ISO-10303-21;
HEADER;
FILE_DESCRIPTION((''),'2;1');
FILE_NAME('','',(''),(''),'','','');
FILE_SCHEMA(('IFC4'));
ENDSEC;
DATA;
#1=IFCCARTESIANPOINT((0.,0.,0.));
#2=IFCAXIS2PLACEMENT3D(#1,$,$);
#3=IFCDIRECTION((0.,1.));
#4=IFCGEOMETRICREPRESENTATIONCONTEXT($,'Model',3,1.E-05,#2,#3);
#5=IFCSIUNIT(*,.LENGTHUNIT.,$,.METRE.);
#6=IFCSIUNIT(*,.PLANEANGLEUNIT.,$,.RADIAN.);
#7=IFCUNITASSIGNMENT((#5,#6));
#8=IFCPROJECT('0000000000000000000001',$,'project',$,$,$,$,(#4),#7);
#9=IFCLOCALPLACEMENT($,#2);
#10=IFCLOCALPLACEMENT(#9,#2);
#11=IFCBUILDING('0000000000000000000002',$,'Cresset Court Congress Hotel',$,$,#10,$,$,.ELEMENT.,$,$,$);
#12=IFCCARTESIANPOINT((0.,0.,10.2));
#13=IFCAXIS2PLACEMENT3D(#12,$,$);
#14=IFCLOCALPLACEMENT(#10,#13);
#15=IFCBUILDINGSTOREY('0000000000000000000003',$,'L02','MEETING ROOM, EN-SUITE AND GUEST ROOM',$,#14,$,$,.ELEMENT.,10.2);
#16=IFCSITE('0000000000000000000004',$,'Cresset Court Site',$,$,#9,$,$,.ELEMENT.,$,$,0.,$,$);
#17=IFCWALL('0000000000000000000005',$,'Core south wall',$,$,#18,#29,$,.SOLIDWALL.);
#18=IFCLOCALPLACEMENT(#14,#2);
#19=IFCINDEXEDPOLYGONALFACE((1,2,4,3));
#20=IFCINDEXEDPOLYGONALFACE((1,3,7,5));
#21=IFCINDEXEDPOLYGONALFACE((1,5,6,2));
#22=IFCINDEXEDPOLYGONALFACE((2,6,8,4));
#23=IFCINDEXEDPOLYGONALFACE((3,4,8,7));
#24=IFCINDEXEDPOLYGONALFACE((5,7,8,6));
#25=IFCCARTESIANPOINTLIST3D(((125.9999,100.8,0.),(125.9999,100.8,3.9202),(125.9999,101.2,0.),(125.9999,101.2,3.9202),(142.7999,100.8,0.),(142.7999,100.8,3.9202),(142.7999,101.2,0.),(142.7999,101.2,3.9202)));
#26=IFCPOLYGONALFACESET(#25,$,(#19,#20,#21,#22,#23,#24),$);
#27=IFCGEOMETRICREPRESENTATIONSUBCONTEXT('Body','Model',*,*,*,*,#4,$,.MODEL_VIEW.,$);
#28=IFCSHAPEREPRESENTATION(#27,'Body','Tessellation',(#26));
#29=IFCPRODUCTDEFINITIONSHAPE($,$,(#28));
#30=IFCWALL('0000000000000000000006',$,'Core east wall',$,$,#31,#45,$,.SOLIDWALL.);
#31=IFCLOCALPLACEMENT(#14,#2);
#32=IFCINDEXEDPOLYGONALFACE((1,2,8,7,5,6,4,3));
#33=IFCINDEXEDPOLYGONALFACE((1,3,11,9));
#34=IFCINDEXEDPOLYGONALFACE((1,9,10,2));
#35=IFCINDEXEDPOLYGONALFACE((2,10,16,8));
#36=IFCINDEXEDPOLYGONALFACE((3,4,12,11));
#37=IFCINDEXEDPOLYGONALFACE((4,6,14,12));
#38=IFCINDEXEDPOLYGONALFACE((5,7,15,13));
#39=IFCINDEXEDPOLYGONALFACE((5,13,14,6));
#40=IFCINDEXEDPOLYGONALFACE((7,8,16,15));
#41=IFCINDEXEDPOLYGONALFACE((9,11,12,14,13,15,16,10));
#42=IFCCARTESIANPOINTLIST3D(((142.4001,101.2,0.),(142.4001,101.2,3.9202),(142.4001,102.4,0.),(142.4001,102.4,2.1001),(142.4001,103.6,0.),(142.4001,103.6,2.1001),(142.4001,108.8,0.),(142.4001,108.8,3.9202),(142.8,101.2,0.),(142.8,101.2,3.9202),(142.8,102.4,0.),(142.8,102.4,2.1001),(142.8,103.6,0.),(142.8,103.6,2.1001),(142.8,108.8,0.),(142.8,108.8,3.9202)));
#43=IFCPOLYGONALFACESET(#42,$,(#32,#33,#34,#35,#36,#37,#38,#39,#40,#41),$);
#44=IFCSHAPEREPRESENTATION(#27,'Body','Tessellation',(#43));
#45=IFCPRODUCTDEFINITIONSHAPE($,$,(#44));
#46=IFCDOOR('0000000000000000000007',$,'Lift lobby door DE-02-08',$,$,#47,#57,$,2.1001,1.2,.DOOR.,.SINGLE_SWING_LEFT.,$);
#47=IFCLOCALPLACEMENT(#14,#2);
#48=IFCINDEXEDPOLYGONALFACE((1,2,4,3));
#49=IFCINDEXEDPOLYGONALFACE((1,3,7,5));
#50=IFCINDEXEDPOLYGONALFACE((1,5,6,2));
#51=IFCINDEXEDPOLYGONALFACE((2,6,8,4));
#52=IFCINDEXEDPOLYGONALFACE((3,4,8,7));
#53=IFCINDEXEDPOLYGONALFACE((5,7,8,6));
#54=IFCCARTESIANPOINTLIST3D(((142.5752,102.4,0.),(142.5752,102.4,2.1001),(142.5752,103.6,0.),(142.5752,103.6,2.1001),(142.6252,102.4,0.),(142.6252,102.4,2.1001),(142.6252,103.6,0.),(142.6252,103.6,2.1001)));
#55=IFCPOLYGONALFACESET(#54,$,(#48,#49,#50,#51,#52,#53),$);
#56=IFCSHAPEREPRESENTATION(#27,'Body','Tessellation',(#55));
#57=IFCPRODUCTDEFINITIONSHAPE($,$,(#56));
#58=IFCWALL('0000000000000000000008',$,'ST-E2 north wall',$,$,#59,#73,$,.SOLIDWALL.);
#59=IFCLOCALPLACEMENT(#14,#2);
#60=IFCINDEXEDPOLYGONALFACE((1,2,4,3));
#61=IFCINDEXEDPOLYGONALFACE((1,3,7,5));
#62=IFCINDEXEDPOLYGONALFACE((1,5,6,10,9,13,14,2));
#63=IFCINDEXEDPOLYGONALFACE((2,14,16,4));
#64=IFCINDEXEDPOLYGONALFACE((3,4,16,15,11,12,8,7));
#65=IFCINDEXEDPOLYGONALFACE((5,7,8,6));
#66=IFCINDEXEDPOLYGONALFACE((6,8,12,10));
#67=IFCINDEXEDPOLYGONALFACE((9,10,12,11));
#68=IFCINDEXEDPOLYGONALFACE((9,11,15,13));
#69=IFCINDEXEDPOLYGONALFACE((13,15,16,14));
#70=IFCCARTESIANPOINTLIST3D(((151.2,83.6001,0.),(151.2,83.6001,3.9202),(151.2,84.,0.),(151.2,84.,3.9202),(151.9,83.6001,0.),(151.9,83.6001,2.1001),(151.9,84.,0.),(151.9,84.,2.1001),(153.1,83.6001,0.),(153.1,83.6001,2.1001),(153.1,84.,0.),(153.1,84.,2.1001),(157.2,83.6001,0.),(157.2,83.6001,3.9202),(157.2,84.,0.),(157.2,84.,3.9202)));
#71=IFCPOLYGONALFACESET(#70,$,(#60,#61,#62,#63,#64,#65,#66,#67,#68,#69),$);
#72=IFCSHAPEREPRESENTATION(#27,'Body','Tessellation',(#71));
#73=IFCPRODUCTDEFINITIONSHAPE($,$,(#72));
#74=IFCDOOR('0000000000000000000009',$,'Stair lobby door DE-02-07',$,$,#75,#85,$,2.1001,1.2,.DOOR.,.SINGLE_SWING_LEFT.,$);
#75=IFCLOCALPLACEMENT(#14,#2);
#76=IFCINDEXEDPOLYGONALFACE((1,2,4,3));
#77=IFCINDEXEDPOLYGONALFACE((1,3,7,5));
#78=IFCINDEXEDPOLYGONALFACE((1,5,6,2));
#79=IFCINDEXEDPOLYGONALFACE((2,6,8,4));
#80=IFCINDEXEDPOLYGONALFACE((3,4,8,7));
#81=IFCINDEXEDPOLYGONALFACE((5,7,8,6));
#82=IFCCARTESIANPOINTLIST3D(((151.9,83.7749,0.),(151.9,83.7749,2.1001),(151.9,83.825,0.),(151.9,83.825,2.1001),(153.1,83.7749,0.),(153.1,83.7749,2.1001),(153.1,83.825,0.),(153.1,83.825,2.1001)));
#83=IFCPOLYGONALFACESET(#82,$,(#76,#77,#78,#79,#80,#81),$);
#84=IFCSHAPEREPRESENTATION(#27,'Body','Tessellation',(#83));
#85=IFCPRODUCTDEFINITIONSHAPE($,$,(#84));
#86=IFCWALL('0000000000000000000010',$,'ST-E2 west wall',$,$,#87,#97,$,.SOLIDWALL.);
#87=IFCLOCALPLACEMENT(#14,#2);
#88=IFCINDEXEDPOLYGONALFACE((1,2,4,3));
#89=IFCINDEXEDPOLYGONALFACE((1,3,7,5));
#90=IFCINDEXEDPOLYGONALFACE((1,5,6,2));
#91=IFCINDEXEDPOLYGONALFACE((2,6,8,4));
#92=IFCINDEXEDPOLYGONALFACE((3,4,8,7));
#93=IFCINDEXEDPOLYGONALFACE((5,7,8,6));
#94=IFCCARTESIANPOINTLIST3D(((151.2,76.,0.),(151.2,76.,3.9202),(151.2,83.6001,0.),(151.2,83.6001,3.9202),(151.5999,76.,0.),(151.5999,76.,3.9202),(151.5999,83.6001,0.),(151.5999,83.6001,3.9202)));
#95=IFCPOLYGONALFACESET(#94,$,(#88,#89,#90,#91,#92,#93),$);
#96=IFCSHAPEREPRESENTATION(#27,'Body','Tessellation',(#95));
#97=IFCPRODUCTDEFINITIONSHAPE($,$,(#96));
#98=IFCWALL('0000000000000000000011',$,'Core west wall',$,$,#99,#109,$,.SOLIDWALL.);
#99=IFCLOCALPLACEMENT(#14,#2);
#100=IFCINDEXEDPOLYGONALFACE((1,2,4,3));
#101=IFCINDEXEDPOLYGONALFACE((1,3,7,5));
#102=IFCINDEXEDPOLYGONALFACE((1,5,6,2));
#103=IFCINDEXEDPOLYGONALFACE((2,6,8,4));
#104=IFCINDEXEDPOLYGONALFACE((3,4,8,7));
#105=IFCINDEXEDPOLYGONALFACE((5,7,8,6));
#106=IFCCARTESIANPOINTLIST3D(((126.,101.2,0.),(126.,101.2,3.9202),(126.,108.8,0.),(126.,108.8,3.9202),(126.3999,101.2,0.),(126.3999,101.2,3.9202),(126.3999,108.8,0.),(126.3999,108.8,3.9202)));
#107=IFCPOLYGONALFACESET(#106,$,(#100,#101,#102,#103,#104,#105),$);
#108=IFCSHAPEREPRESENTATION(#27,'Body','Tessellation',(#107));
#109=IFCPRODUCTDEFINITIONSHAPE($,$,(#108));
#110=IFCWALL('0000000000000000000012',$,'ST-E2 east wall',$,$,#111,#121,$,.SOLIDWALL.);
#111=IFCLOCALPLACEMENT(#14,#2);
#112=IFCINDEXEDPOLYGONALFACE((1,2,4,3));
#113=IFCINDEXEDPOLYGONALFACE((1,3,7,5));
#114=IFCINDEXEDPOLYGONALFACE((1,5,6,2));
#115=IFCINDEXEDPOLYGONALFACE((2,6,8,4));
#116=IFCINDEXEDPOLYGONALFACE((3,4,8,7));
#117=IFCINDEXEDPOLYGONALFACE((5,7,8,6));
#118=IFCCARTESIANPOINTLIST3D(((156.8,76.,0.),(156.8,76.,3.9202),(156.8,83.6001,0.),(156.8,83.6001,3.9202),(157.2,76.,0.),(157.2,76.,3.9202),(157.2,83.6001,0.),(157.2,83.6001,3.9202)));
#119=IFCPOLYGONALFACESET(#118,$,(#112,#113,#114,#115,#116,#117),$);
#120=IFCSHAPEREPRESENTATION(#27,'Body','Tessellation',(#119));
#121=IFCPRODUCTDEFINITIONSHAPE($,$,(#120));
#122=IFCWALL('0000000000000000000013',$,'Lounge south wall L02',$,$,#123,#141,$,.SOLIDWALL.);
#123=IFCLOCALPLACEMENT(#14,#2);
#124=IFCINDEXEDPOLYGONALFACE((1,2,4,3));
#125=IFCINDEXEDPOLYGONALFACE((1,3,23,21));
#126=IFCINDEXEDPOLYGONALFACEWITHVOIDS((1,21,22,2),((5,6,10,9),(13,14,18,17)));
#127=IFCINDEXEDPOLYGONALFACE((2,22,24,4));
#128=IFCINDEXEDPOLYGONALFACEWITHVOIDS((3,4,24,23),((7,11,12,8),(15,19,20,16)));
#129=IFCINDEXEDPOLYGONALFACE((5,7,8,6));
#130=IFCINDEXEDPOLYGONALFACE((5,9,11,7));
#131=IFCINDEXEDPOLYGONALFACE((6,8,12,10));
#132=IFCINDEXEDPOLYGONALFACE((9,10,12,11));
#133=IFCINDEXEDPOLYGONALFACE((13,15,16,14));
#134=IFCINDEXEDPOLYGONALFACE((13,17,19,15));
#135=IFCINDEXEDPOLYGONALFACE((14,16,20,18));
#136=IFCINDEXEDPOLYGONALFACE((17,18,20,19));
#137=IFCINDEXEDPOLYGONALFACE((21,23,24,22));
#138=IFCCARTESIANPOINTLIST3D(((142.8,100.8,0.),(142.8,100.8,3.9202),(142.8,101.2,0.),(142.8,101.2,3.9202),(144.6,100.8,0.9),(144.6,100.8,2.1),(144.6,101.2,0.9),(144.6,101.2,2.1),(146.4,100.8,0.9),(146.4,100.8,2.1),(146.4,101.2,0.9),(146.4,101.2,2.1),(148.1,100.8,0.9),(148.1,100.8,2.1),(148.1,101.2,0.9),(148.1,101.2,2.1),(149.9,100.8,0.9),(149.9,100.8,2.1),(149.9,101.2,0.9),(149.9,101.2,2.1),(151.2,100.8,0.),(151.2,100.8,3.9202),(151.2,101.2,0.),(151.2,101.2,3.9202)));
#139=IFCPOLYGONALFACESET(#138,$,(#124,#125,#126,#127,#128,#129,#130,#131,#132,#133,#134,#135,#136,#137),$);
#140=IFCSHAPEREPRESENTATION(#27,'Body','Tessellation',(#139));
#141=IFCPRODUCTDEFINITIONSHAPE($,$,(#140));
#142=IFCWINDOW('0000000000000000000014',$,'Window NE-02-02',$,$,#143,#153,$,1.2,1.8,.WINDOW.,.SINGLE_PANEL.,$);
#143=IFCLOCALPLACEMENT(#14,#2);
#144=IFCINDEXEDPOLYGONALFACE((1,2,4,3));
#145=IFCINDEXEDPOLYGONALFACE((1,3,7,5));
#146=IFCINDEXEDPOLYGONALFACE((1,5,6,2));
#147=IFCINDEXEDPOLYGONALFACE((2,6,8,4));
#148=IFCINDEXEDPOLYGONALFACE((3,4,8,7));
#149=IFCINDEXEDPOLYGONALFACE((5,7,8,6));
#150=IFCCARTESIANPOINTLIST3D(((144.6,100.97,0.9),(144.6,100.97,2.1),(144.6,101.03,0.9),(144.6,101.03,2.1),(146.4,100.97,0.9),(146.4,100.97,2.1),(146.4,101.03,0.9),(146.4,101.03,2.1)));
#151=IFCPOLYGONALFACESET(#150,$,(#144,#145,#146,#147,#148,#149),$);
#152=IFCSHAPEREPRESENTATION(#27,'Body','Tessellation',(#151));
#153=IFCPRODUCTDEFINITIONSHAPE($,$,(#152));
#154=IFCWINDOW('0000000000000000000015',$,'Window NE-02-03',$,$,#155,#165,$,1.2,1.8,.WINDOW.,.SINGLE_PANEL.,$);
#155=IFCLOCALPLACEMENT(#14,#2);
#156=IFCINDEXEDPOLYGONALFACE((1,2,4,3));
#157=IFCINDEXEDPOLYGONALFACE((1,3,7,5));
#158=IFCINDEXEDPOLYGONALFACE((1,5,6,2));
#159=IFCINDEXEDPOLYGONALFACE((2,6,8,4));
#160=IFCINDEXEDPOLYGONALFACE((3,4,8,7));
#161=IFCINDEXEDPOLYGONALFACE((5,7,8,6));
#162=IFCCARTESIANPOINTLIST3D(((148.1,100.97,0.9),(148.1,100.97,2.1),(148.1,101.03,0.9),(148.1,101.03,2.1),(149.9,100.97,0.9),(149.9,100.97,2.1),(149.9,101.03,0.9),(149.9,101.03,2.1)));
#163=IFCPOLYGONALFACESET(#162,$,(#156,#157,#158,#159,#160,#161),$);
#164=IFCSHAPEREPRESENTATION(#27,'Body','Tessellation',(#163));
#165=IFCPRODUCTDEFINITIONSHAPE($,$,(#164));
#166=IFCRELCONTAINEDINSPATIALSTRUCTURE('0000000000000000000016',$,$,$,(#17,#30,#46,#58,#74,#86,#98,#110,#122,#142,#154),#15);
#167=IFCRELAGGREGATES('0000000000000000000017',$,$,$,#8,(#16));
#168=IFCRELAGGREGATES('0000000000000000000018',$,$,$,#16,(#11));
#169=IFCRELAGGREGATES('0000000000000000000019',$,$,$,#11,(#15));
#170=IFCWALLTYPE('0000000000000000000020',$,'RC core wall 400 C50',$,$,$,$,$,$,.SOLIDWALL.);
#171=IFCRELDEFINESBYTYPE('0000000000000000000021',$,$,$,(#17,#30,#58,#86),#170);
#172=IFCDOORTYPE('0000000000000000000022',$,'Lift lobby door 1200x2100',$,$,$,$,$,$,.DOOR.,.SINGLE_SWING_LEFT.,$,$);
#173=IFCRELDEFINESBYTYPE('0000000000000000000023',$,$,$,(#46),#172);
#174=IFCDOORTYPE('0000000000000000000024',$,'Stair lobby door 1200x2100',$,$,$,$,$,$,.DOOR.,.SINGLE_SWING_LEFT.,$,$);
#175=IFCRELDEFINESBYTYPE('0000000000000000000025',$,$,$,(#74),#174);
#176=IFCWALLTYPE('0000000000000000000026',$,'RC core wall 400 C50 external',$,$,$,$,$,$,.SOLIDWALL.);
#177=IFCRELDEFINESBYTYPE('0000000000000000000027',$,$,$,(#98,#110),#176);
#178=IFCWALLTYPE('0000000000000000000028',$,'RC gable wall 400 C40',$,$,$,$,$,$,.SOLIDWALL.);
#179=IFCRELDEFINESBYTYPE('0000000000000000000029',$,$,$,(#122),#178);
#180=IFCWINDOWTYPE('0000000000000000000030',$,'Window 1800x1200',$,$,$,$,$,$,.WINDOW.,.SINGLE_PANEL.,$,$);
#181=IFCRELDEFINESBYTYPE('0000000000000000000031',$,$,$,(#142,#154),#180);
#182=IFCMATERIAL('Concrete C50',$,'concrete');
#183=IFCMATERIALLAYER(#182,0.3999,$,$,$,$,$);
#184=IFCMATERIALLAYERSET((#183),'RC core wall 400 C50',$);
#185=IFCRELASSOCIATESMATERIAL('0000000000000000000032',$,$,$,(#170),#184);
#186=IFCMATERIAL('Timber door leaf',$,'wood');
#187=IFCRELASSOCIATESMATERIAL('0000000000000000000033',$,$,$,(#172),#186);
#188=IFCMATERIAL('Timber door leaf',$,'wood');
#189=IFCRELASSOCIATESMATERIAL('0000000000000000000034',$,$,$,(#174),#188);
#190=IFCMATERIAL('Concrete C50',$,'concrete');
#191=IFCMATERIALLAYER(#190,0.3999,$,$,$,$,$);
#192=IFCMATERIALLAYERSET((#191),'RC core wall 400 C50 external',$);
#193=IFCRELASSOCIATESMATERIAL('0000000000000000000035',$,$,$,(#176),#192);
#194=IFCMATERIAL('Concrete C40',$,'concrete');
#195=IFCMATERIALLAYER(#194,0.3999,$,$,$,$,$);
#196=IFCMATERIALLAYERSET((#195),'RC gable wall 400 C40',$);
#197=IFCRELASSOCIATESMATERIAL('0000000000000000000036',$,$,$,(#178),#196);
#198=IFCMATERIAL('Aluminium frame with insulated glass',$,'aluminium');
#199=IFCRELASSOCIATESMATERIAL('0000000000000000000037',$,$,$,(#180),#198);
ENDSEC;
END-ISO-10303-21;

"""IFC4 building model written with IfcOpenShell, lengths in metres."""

from ifc_helpers import new_model, si_unit, direction, frame, frame_2d, origin, place, context, subcontext, project, spatial, rectangle, extrude, material, layer, layer_set, type_object, element, fill, save


model = new_model("IFC4")

# Units and contexts
model_context = context("Model", 3, precision=1e-05, world=origin(), true_north=direction((0.0, 1.0)))
body_context = subcontext(model_context, "Body", "Model", "MODEL_VIEW")
ifc_project = project(units=[si_unit("LENGTHUNIT", "METRE"), si_unit("PLANEANGLEUNIT", "RADIAN")], contexts=[model_context])

# Site, building, storey
site_placement = place(None, origin())
site = spatial("IfcSite", under=ifc_project, at=site_placement, Name="Cresset Court Site", CompositionType="ELEMENT", RefElevation=0.0)
building_placement = place(site_placement, origin())
building = spatial("IfcBuilding", under=site, at=building_placement, Name="Cresset Court Congress Hotel", CompositionType="ELEMENT")
storey_placement = place(building_placement, frame((0.0, 0.0, 10.2)))
storey = spatial("IfcBuildingStorey", under=building, at=storey_placement, Name="L02", Description="MEETING ROOM, EN-SUITE AND GUEST ROOM", CompositionType="ELEMENT", Elevation=10.2)

# Wall
ifc_material_1 = material(Name="Concrete C50", Category="concrete")
ifc_layer_1 = layer(ifc_material_1, 0.3999)
ifc_layer_set_1 = layer_set([ifc_layer_1], Name="RC core wall 400 C50")
wall_type_1 = type_object("IfcWallType", Name="RC core wall 400 C50", PredefinedType="SOLIDWALL", material=ifc_layer_set_1)
wall_1_placement = place(storey_placement, frame((126.0, 101.0, 0.0), z_axis=(0.0, 0.0, 1.0), x_axis=(1.0, 0.0, 0.0)))
element("IfcWall", 1, at=wall_1_placement, inside=storey, type_object=wall_type_1, Name="Core south wall", PredefinedType="SOLIDWALL", context=body_context, shape_type="SweptSolid", body=[
    extrude(rectangle(XDim=16.8, YDim=0.3999, at=frame_2d((8.3999, 0.0))), origin(), (0.0, 0.0, 1.0), 3.9202),
])

# Walls, openings, doors
wall_2_placement = place(storey_placement, frame((142.6001, 101.2, 0.0), z_axis=(0.0, 0.0, 1.0), x_axis=(0.0, 1.0, 0.0)))
wall_2 = element("IfcWall", 2, at=wall_2_placement, inside=storey, type_object=wall_type_1, Name="Core east wall", PredefinedType="SOLIDWALL", context=body_context, shape_type="SweptSolid", body=[
    extrude(rectangle(XDim=7.6001, YDim=0.3999, at=frame_2d((3.8, 0.0))), origin(), (0.0, 0.0, 1.0), 3.9202),
])
opening_1_placement = place(wall_2_placement, frame((1.2, 0.0, 0.0)))
opening_1 = element("IfcOpeningElement", 3, at=opening_1_placement, cuts=wall_2, PredefinedType="OPENING", context=body_context, shape_type="SweptSolid", body=[
    extrude(rectangle(XDim=1.2, YDim=2.1001, at=frame_2d((0.6001, 1.05))), frame((0.0, 0.21, 0.0), z_axis=(0.0, -1.0, 0.0), x_axis=(1.0, 0.0, 0.0)), (0.0, 0.0, 1.0), 0.4199),
])
ifc_material_2 = material(Name="Timber door leaf", Category="wood")
door_type_1 = type_object("IfcDoorType", Name="Lift lobby door 1200x2100", OperationType="SINGLE_SWING_LEFT", PredefinedType="DOOR", material=ifc_material_2)
door_1_placement = place(opening_1_placement, origin())
door_1 = element("IfcDoor", 4, at=door_1_placement, inside=storey, type_object=door_type_1, Name="Lift lobby door DE-02-08", OperationType="SINGLE_SWING_LEFT", OverallHeight=2.1001, OverallWidth=1.2, PredefinedType="DOOR", context=body_context, shape_type="SweptSolid", body=[
    extrude(rectangle(XDim=1.2, YDim=2.1001, at=frame_2d((0.6001, 1.05))), frame((0.0, 0.0249, 0.0), z_axis=(0.0, -1.0, 0.0), x_axis=(1.0, 0.0, 0.0)), (0.0, 0.0, 1.0), 0.05),
])
fill(opening_1, door_1)
wall_3_placement = place(storey_placement, frame((151.2, 83.8, 0.0), z_axis=(0.0, 0.0, 1.0), x_axis=(1.0, 0.0, 0.0)))
wall_3 = element("IfcWall", 5, at=wall_3_placement, inside=storey, type_object=wall_type_1, Name="ST-E2 north wall", PredefinedType="SOLIDWALL", context=body_context, shape_type="SweptSolid", body=[
    extrude(rectangle(XDim=6.0, YDim=0.3999, at=frame_2d((3.0, 0.0))), origin(), (0.0, 0.0, 1.0), 3.9202),
])
opening_2_placement = place(wall_3_placement, frame((0.7, 0.0, 0.0)))
opening_2 = element("IfcOpeningElement", 6, at=opening_2_placement, cuts=wall_3, PredefinedType="OPENING", context=body_context, shape_type="SweptSolid", body=[
    extrude(rectangle(XDim=1.2, YDim=2.1001, at=frame_2d((0.6001, 1.05))), frame((0.0, 0.21, 0.0), z_axis=(0.0, -1.0, 0.0), x_axis=(1.0, 0.0, 0.0)), (0.0, 0.0, 1.0), 0.4199),
])
ifc_material_3 = material(Name="Timber door leaf", Category="wood")
door_type_2 = type_object("IfcDoorType", Name="Stair lobby door 1200x2100", OperationType="SINGLE_SWING_LEFT", PredefinedType="DOOR", material=ifc_material_3)
door_2_placement = place(opening_2_placement, origin())
door_2 = element("IfcDoor", 7, at=door_2_placement, inside=storey, type_object=door_type_2, Name="Stair lobby door DE-02-07", OperationType="SINGLE_SWING_LEFT", OverallHeight=2.1001, OverallWidth=1.2, PredefinedType="DOOR", context=body_context, shape_type="SweptSolid", body=[
    extrude(rectangle(XDim=1.2, YDim=2.1001, at=frame_2d((0.6001, 1.05))), frame((0.0, 0.0249, 0.0), z_axis=(0.0, -1.0, 0.0), x_axis=(1.0, 0.0, 0.0)), (0.0, 0.0, 1.0), 0.05),
])
fill(opening_2, door_2)

# Walls
wall_4_placement = place(storey_placement, frame((151.3999, 76.0, 0.0), z_axis=(0.0, 0.0, 1.0), x_axis=(0.0, 1.0, 0.0)))
element("IfcWall", 8, at=wall_4_placement, inside=storey, type_object=wall_type_1, Name="ST-E2 west wall", PredefinedType="SOLIDWALL", context=body_context, shape_type="SweptSolid", body=[
    extrude(rectangle(XDim=7.6001, YDim=0.3999, at=frame_2d((3.8, 0.0))), origin(), (0.0, 0.0, 1.0), 3.9202),
])
ifc_material_4 = material(Name="Concrete C50", Category="concrete")
ifc_layer_2 = layer(ifc_material_4, 0.3999)
ifc_layer_set_2 = layer_set([ifc_layer_2], Name="RC core wall 400 C50 external")
wall_type_2 = type_object("IfcWallType", Name="RC core wall 400 C50 external", PredefinedType="SOLIDWALL", material=ifc_layer_set_2)
for number, where, z_axis, x_axis, name in (
    (9, (126.2, 101.2, 0.0), (0.0, 0.0, 1.0), (0.0, 1.0, 0.0), "Core west wall"),
    (10, (157.0, 76.0, 0.0), (0.0, 0.0, 1.0), (0.0, 1.0, 0.0), "ST-E2 east wall"),
):
    element("IfcWall", number, at=place(storey_placement, frame(where, z_axis=z_axis, x_axis=x_axis)), inside=storey, type_object=wall_type_2, Name=name, PredefinedType="SOLIDWALL", context=body_context, shape_type="SweptSolid", body=[
        extrude(rectangle(XDim=7.6001, YDim=0.3999, at=frame_2d((3.8, 0.0))), origin(), (0.0, 0.0, 1.0), 3.9202),
    ])

# Wall, openings, windows
ifc_material_5 = material(Name="Concrete C40", Category="concrete")
ifc_layer_3 = layer(ifc_material_5, 0.3999)
ifc_layer_set_3 = layer_set([ifc_layer_3], Name="RC gable wall 400 C40")
wall_type_3 = type_object("IfcWallType", Name="RC gable wall 400 C40", PredefinedType="SOLIDWALL", material=ifc_layer_set_3)
wall_5_placement = place(storey_placement, frame((142.8, 101.0, 0.0), z_axis=(0.0, 0.0, 1.0), x_axis=(1.0, 0.0, 0.0)))
wall_5 = element("IfcWall", 11, at=wall_5_placement, inside=storey, type_object=wall_type_3, Name="Lounge south wall L02", PredefinedType="SOLIDWALL", context=body_context, shape_type="SweptSolid", body=[
    extrude(rectangle(XDim=8.3999, YDim=0.3999, at=frame_2d((4.2, 0.0))), origin(), (0.0, 0.0, 1.0), 3.9202),
])
opening_3_placement = place(wall_5_placement, frame((1.8, 0.0, 0.8999)))
opening_3 = element("IfcOpeningElement", 12, at=opening_3_placement, cuts=wall_5, PredefinedType="OPENING", context=body_context, shape_type="SweptSolid", body=[
    extrude(rectangle(XDim=1.8, YDim=1.2, at=frame_2d((0.8999, 0.6001))), frame((0.0, 0.21, 0.0), z_axis=(0.0, -1.0, 0.0), x_axis=(1.0, 0.0, 0.0)), (0.0, 0.0, 1.0), 0.4199),
])
opening_4_placement = place(wall_5_placement, frame((5.3, 0.0, 0.8999)))
opening_4 = element("IfcOpeningElement", 13, at=opening_4_placement, cuts=wall_5, PredefinedType="OPENING", context=body_context, shape_type="SweptSolid", body=[
    extrude(rectangle(XDim=1.8, YDim=1.2, at=frame_2d((0.8999, 0.6001))), frame((0.0, 0.21, 0.0), z_axis=(0.0, -1.0, 0.0), x_axis=(1.0, 0.0, 0.0)), (0.0, 0.0, 1.0), 0.4199),
])
ifc_material_6 = material(Name="Aluminium frame with insulated glass", Category="aluminium")
window_type = type_object("IfcWindowType", Name="Window 1800x1200", PartitioningType="SINGLE_PANEL", PredefinedType="WINDOW", material=ifc_material_6)
window_1_placement = place(opening_3_placement, origin())
window_1 = element("IfcWindow", 14, at=window_1_placement, inside=storey, type_object=window_type, Name="Window NE-02-02", OverallHeight=1.2, OverallWidth=1.8, PartitioningType="SINGLE_PANEL", PredefinedType="WINDOW", context=body_context, shape_type="SweptSolid", body=[
    extrude(rectangle(XDim=1.8, YDim=1.2, at=frame_2d((0.8999, 0.6001))), frame((0.0, 0.03, 0.0), z_axis=(0.0, -1.0, 0.0), x_axis=(1.0, 0.0, 0.0)), (0.0, 0.0, 1.0), 0.0601),
])
fill(opening_3, window_1)
window_2_placement = place(opening_4_placement, origin())
window_2 = element("IfcWindow", 15, at=window_2_placement, inside=storey, type_object=window_type, Name="Window NE-02-03", OverallHeight=1.2, OverallWidth=1.8, PartitioningType="SINGLE_PANEL", PredefinedType="WINDOW", context=body_context, shape_type="SweptSolid", body=[
    extrude(rectangle(XDim=1.8, YDim=1.2, at=frame_2d((0.8999, 0.6001))), frame((0.0, 0.03, 0.0), z_axis=(0.0, -1.0, 0.0), x_axis=(1.0, 0.0, 0.0)), (0.0, 0.0, 1.0), 0.0601),
])
fill(opening_4, window_2)

save(model, "model.ifc")
